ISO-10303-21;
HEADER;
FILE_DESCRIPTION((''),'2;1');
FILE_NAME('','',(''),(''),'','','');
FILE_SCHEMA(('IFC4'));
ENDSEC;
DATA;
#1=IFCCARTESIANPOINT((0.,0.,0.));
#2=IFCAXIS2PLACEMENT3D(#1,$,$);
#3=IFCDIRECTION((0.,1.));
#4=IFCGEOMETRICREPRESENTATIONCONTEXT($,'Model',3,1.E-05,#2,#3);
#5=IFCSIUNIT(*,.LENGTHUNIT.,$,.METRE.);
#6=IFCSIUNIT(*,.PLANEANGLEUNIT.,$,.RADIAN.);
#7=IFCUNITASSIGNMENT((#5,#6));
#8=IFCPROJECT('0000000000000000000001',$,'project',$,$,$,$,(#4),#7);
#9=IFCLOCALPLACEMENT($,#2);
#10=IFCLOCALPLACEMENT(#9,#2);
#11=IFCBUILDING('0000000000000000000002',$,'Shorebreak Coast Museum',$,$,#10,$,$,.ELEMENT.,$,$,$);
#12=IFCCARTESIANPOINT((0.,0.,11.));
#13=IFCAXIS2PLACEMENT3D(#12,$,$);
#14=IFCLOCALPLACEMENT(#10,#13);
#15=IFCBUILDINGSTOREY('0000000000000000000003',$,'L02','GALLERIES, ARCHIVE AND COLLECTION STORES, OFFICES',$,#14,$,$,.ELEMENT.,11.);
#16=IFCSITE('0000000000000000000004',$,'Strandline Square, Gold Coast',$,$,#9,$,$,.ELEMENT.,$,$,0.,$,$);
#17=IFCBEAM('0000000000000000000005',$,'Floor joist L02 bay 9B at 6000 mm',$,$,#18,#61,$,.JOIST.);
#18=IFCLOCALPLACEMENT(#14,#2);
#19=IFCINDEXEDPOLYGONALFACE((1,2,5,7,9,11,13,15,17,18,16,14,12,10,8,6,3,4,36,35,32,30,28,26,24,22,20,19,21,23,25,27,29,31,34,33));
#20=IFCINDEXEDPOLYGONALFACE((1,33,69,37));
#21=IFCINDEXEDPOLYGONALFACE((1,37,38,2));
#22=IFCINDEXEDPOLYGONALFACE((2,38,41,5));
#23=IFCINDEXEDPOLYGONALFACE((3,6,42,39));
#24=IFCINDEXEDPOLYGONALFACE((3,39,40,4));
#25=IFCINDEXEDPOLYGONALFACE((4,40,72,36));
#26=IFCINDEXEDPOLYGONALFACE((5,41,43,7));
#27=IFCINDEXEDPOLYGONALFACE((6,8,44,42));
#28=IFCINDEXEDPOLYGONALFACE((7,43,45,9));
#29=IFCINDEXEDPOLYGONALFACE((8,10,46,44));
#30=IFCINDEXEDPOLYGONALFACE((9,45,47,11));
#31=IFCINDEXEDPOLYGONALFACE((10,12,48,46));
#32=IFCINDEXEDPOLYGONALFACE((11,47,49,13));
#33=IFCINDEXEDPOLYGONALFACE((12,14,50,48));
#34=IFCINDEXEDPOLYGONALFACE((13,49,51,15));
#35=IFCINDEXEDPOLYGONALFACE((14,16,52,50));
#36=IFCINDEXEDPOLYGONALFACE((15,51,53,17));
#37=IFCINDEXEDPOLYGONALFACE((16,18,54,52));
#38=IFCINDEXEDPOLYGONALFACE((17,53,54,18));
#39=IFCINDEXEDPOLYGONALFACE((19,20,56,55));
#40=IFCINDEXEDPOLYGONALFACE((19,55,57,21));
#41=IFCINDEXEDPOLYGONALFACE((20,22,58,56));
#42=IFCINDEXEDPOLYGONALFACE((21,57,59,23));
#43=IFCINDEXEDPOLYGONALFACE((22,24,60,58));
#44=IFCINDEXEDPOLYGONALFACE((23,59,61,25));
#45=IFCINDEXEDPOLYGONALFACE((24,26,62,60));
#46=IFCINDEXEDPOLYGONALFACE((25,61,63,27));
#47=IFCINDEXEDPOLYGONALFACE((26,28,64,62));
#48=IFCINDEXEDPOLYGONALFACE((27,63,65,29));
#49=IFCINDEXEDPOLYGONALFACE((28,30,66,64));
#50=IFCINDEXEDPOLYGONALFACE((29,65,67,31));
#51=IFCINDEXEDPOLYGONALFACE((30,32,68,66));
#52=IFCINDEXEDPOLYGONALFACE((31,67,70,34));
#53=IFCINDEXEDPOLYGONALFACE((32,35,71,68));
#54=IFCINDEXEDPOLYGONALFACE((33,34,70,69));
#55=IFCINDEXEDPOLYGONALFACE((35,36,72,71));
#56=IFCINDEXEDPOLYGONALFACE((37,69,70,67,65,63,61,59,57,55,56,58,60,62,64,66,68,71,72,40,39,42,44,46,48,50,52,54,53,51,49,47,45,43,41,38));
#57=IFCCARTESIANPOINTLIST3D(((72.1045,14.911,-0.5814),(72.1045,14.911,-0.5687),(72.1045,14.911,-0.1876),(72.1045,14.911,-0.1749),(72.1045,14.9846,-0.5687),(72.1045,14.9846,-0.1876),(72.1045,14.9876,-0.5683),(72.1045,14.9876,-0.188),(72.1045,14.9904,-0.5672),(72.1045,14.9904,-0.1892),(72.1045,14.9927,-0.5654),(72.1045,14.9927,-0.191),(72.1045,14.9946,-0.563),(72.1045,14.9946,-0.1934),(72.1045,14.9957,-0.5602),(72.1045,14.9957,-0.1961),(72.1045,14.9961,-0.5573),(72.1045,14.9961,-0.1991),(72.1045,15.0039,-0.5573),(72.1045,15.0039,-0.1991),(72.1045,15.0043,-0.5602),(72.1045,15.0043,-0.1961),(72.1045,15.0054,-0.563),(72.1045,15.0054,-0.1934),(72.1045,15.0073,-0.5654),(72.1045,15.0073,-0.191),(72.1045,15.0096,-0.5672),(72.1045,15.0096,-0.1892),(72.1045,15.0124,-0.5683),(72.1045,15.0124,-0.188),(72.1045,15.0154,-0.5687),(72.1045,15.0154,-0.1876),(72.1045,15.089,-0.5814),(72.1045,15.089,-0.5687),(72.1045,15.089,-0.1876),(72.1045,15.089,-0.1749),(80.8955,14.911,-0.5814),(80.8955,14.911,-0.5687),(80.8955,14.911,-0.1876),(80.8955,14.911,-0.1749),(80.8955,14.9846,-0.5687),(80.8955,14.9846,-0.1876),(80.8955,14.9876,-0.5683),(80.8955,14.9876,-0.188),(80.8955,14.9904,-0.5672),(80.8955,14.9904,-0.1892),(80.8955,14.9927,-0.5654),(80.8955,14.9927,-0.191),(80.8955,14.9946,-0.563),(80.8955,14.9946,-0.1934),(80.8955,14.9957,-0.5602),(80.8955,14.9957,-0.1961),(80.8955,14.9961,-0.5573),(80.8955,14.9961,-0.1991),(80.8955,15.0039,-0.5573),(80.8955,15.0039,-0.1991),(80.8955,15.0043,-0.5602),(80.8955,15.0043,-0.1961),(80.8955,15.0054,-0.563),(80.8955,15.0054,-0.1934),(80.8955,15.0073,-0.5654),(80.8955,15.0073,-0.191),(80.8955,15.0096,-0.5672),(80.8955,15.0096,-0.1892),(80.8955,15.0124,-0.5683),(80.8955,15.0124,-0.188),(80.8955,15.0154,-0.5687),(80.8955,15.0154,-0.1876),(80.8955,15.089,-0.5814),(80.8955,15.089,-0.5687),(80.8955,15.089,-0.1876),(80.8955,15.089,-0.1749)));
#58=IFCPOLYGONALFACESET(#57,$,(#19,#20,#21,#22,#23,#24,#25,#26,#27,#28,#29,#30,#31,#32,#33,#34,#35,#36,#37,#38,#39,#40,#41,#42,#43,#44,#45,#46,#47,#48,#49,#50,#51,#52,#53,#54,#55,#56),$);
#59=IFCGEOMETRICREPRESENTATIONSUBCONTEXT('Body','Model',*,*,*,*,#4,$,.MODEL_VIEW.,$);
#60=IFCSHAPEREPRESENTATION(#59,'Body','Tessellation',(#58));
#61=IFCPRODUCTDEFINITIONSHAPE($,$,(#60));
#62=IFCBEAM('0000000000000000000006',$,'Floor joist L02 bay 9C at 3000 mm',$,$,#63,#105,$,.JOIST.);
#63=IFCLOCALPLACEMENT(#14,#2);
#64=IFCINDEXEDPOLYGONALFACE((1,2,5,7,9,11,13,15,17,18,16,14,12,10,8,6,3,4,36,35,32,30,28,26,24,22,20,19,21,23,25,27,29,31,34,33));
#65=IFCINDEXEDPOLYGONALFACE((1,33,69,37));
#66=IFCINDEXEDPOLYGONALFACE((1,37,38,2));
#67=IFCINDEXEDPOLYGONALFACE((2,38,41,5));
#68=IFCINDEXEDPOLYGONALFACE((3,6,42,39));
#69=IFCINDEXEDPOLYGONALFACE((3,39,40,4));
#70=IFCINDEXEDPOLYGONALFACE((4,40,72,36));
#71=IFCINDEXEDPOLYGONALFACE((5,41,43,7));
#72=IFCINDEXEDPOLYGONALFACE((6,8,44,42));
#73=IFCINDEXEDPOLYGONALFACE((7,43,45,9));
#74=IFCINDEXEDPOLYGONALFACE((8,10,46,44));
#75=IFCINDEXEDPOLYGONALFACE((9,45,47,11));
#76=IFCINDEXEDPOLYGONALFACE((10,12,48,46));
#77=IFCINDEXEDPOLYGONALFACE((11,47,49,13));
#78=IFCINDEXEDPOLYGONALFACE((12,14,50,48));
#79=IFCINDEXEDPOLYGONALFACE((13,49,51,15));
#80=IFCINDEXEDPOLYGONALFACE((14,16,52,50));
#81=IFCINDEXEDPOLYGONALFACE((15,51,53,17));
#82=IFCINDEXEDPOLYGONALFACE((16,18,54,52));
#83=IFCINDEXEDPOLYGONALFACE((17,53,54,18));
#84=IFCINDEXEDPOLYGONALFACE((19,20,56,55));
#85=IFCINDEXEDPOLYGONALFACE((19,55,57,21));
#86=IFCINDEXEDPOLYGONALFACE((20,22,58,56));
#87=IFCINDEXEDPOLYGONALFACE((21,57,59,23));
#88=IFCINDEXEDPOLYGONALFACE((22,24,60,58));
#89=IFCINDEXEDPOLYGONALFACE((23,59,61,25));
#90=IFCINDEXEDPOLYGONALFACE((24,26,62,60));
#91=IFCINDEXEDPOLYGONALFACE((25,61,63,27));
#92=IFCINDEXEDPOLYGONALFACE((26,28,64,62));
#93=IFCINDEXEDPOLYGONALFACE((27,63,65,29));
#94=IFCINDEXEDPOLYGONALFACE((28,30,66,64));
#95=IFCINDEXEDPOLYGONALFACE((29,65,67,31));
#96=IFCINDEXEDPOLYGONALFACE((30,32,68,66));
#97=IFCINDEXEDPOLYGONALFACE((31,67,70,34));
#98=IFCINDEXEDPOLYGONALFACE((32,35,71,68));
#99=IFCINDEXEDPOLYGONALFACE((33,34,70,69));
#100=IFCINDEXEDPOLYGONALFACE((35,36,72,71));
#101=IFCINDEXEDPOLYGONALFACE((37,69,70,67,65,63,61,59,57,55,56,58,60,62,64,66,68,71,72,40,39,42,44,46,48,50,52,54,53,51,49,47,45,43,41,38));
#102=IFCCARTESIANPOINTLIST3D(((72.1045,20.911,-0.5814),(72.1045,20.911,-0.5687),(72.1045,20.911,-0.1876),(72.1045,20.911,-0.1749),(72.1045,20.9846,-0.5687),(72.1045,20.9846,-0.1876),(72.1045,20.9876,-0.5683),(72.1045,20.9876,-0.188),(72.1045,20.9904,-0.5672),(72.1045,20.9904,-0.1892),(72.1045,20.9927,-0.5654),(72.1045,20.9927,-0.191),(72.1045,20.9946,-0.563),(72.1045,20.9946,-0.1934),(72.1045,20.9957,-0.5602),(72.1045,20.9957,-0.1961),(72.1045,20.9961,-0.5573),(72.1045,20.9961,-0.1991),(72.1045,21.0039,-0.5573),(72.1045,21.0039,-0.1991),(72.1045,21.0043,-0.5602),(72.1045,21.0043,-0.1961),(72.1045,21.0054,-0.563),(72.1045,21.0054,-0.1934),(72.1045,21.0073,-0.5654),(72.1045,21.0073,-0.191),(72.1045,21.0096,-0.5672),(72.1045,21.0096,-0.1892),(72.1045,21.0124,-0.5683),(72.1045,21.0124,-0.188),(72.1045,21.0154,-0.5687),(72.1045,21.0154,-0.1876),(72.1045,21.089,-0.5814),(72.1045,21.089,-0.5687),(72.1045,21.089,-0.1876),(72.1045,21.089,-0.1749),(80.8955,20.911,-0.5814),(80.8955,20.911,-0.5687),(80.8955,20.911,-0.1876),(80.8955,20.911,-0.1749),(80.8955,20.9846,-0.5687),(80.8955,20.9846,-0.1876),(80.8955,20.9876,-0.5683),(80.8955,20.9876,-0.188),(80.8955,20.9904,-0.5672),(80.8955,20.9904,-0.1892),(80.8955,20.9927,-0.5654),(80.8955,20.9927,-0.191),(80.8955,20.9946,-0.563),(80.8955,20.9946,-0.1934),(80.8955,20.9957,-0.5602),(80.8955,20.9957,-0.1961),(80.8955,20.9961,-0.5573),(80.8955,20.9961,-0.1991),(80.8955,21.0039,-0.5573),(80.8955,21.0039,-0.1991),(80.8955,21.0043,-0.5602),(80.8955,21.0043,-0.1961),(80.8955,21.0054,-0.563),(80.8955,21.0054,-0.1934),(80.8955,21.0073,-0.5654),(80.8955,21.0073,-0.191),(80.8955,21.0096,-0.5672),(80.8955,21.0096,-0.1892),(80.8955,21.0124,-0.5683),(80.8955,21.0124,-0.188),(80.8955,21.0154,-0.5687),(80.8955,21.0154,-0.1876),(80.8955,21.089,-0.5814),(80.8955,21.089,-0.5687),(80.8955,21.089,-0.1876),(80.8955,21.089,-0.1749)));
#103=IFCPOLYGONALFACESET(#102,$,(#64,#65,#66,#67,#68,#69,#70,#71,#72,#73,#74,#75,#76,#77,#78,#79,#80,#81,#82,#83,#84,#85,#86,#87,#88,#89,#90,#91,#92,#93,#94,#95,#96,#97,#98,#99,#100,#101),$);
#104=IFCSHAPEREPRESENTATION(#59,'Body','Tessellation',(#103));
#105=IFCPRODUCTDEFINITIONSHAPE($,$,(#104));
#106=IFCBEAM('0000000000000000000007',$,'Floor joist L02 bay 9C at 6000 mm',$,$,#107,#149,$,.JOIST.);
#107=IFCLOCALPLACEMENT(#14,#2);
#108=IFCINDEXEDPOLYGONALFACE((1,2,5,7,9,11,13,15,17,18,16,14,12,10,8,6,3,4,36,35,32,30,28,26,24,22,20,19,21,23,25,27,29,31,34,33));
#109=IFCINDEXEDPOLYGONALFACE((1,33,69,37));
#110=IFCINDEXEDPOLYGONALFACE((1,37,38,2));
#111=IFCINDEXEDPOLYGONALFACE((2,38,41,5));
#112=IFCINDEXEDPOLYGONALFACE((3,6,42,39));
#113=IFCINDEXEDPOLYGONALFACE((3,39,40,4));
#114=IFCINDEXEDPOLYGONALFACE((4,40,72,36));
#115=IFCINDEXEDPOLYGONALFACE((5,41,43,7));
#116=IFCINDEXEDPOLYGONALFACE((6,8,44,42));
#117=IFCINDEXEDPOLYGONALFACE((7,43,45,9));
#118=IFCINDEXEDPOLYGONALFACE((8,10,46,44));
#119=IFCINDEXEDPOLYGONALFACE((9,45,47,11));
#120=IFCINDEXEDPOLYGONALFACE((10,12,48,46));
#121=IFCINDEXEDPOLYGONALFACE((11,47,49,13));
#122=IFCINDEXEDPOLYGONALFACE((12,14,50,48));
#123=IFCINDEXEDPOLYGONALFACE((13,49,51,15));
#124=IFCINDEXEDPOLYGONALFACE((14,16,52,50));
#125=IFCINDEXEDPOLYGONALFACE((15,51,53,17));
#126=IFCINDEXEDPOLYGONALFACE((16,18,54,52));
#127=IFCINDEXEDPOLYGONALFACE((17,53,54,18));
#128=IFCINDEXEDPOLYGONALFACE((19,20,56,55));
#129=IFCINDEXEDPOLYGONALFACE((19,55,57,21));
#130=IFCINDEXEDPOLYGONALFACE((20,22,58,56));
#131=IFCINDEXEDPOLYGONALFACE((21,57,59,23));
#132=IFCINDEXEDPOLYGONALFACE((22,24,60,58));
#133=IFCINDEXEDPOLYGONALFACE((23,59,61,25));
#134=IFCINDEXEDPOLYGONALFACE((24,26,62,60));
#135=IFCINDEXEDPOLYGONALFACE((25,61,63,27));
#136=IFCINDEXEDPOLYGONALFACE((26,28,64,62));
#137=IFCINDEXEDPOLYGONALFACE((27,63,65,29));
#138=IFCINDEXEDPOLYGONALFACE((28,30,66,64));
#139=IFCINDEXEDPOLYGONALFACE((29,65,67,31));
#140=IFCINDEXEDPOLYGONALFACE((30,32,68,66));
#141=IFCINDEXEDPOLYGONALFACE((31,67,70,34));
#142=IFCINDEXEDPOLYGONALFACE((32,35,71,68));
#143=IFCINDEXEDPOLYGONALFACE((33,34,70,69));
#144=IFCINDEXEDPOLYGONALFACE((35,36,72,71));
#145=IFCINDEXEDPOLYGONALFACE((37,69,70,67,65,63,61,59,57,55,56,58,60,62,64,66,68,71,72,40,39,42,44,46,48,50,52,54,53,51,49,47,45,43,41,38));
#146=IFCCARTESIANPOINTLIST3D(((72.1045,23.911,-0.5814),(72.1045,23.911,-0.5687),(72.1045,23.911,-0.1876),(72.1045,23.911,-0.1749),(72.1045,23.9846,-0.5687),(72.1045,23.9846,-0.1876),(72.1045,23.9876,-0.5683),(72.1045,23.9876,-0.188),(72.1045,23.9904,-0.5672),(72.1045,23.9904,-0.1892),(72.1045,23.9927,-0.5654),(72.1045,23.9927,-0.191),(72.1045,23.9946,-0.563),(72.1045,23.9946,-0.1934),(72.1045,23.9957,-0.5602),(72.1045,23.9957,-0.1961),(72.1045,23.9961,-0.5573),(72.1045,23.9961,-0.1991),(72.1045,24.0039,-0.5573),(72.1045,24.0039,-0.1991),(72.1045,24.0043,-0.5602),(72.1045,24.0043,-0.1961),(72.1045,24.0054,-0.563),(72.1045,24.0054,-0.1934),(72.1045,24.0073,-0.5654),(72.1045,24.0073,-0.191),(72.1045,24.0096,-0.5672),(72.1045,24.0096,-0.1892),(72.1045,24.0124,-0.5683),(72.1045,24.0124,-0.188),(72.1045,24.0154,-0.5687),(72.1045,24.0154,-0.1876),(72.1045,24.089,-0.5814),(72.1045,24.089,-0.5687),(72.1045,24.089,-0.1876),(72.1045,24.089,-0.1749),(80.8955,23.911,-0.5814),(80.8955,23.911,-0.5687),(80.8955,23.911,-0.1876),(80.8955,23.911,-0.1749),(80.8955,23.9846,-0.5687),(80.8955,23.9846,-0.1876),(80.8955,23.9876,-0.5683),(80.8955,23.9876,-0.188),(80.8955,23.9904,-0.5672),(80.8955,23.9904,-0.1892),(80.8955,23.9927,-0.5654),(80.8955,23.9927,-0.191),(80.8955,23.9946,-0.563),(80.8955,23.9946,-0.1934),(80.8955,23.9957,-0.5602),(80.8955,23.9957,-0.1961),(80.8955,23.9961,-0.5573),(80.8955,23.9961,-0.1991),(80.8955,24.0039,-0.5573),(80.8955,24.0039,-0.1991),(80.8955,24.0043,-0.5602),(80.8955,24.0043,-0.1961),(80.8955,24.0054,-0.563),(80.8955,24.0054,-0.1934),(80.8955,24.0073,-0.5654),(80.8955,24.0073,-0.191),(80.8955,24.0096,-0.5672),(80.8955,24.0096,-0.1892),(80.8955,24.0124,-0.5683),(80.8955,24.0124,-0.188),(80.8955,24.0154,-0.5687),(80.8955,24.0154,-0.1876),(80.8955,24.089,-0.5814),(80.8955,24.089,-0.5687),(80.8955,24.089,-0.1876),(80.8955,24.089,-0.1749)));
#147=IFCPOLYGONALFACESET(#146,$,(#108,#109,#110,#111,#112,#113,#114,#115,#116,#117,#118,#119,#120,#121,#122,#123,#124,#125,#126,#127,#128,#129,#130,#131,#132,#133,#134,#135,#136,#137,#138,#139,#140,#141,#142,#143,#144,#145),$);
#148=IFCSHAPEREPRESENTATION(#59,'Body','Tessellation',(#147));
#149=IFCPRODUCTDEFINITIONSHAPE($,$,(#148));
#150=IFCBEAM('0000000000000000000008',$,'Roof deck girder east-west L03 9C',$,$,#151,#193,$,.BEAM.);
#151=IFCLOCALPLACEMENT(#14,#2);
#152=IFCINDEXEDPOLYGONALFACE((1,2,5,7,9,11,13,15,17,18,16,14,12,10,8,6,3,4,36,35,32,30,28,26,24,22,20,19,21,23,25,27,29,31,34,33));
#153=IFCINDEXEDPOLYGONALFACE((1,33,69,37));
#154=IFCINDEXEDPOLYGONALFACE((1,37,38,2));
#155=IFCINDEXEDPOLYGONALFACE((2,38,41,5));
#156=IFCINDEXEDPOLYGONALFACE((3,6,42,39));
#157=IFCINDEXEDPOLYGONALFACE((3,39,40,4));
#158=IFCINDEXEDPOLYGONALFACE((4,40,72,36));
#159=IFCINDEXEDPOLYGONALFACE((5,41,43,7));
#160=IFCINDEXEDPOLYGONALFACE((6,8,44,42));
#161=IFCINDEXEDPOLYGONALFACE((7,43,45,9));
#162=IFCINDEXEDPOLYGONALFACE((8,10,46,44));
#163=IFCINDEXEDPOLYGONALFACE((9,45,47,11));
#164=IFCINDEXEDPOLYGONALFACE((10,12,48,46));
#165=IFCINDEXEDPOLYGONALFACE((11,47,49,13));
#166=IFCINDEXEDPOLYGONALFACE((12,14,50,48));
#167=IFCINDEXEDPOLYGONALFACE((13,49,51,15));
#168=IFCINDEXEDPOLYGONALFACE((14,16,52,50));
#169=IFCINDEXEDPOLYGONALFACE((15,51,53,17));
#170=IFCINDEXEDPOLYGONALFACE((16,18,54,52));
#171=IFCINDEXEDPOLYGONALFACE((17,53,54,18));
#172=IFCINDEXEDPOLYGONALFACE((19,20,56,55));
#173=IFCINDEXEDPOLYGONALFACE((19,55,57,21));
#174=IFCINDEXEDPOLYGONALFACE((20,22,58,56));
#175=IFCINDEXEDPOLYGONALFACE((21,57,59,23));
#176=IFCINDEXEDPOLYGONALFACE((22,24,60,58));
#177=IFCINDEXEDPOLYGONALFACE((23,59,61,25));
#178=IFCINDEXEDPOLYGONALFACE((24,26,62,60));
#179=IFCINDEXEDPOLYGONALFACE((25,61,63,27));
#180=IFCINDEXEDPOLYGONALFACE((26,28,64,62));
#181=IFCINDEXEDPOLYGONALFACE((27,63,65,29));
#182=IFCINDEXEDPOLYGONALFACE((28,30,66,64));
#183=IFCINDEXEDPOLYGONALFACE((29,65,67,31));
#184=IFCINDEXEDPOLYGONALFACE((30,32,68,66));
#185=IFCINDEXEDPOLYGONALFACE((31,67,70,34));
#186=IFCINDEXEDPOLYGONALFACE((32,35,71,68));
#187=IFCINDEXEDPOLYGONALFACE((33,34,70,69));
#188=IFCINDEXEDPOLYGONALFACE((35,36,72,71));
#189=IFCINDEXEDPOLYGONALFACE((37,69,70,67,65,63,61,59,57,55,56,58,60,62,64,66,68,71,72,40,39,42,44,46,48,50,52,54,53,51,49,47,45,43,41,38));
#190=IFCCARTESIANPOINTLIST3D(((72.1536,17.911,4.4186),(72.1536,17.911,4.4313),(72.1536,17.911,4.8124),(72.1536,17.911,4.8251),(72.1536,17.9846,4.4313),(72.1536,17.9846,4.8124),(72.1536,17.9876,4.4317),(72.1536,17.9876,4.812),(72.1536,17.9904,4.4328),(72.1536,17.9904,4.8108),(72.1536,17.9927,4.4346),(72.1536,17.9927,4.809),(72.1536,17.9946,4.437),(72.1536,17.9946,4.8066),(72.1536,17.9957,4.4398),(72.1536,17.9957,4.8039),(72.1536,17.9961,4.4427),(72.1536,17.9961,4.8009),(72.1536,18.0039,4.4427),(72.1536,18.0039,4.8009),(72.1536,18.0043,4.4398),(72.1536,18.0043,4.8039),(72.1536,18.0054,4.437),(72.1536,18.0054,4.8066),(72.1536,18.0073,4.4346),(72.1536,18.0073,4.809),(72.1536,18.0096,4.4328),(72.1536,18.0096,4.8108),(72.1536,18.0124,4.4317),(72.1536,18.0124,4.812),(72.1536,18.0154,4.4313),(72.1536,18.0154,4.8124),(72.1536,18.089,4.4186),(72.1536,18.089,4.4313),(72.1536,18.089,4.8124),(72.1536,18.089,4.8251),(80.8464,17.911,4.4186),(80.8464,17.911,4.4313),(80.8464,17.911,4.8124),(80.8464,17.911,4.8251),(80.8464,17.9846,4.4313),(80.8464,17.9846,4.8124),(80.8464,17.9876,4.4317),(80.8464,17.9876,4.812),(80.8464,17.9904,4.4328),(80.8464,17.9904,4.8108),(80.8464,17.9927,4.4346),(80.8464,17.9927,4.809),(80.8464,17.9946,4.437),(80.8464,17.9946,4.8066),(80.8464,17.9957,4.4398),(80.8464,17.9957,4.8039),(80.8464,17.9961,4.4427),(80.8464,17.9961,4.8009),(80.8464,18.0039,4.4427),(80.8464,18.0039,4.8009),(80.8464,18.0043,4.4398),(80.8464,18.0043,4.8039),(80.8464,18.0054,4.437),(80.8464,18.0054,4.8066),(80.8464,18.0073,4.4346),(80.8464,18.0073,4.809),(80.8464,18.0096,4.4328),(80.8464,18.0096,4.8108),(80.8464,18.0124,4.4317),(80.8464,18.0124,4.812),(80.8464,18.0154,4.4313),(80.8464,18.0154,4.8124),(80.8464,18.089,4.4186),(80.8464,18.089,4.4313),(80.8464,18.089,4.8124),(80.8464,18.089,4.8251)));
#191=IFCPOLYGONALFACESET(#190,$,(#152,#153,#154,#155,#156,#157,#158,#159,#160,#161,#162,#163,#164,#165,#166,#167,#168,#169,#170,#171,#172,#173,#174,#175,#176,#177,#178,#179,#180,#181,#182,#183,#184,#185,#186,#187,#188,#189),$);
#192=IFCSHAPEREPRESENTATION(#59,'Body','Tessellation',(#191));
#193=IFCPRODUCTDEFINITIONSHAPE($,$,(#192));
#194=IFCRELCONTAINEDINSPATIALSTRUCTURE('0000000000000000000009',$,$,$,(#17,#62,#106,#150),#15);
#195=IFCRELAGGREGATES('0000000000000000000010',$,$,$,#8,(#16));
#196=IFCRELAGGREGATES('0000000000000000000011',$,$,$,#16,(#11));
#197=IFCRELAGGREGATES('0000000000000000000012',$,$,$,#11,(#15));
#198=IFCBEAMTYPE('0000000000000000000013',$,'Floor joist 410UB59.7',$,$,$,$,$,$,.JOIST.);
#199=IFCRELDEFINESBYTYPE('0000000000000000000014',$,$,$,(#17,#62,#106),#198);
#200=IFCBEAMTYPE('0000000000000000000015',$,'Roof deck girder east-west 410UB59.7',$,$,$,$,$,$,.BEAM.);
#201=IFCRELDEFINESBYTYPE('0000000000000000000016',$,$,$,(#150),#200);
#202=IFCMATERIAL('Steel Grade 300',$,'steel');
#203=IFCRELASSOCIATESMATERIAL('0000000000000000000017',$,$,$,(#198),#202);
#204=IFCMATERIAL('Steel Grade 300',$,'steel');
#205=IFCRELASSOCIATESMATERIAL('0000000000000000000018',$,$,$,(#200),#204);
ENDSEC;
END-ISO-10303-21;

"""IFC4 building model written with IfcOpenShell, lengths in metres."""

from ifc_helpers import new_model, si_unit, direction, frame, origin, origin_2d, place, context, subcontext, project, spatial, i_section, extrude, material, material_profile, profile_set, type_object, element, save


model = new_model("IFC4")

# Units and contexts
model_context = context("Model", 3, precision=1e-05, world=origin(), true_north=direction((0.0, 1.0)))
body_context = subcontext(model_context, "Body", "Model", "MODEL_VIEW")
ifc_project = project(units=[si_unit("LENGTHUNIT", "METRE"), si_unit("PLANEANGLEUNIT", "RADIAN")], contexts=[model_context])

# Site, building, storey
site_placement = place(None, origin())
site = spatial("IfcSite", under=ifc_project, at=site_placement, Name="Strandline Square, Gold Coast", CompositionType="ELEMENT", RefElevation=0.0)
building_placement = place(site_placement, origin())
building = spatial("IfcBuilding", under=site, at=building_placement, Name="Shorebreak Coast Museum", CompositionType="ELEMENT")
storey_placement = place(building_placement, frame((0.0, 0.0, 11.0)))
storey = spatial("IfcBuildingStorey", under=building, at=storey_placement, Name="L02", Description="GALLERIES, ARCHIVE AND COLLECTION STORES, OFFICES", CompositionType="ELEMENT", Elevation=11.0)

# Beams
ifc_material_1 = material(Name="Steel Grade 300", Category="steel")
ifc_material_profile_1 = material_profile(ifc_material_1, i_section(OverallWidth=0.178, OverallDepth=0.4065, WebThickness=0.0078, FlangeThickness=0.0127, FilletRadius=0.0115, at=origin_2d()), Name="410UB59.7")
ifc_profile_set_1 = profile_set([ifc_material_profile_1], Name="Steel Grade 300")
beam_type_1 = type_object("IfcBeamType", Name="Floor joist 410UB59.7", PredefinedType="JOIST", material=ifc_profile_set_1)
for number, where, z_axis, x_axis, name in (
    (1, (72.1045, 15.0, -0.3782), (1.0, 0.0, 0.0), (0.0, 1.0, 0.0), "Floor joist L02 bay 9B at 6000 mm"),
    (2, (72.1045, 21.0, -0.3782), (1.0, 0.0, 0.0), (0.0, 1.0, 0.0), "Floor joist L02 bay 9C at 3000 mm"),
    (3, (72.1045, 24.0, -0.3782), (1.0, 0.0, 0.0), (0.0, 1.0, 0.0), "Floor joist L02 bay 9C at 6000 mm"),
):
    element("IfcBeam", number, at=place(storey_placement, frame(where, z_axis=z_axis, x_axis=x_axis)), inside=storey, type_object=beam_type_1, Name=name, PredefinedType="JOIST", context=body_context, shape_type="SweptSolid", body=[
        extrude(i_section(OverallWidth=0.178, OverallDepth=0.4065, WebThickness=0.0078, FlangeThickness=0.0127, FilletRadius=0.0115, at=origin_2d()), origin(), (0.0, 0.0, 1.0), 8.791),
    ])
ifc_material_2 = material(Name="Steel Grade 300", Category="steel")
ifc_material_profile_2 = material_profile(ifc_material_2, i_section(OverallWidth=0.178, OverallDepth=0.4065, WebThickness=0.0078, FlangeThickness=0.0127, FilletRadius=0.0115, at=origin_2d()), Name="410UB59.7")
ifc_profile_set_2 = profile_set([ifc_material_profile_2], Name="Steel Grade 300")
beam_type_2 = type_object("IfcBeamType", Name="Roof deck girder east-west 410UB59.7", PredefinedType="BEAM", material=ifc_profile_set_2)
beam_1_placement = place(storey_placement, frame((72.1536, 18.0, 4.6218), z_axis=(1.0, 0.0, 0.0), x_axis=(0.0, 1.0, 0.0)))
element("IfcBeam", 4, at=beam_1_placement, inside=storey, type_object=beam_type_2, Name="Roof deck girder east-west L03 9C", PredefinedType="BEAM", context=body_context, shape_type="SweptSolid", body=[
    extrude(i_section(OverallWidth=0.178, OverallDepth=0.4065, WebThickness=0.0078, FlangeThickness=0.0127, FilletRadius=0.0115, at=origin_2d()), origin(), (0.0, 0.0, 1.0), 8.6929),
])

save(model, "model.ifc")
